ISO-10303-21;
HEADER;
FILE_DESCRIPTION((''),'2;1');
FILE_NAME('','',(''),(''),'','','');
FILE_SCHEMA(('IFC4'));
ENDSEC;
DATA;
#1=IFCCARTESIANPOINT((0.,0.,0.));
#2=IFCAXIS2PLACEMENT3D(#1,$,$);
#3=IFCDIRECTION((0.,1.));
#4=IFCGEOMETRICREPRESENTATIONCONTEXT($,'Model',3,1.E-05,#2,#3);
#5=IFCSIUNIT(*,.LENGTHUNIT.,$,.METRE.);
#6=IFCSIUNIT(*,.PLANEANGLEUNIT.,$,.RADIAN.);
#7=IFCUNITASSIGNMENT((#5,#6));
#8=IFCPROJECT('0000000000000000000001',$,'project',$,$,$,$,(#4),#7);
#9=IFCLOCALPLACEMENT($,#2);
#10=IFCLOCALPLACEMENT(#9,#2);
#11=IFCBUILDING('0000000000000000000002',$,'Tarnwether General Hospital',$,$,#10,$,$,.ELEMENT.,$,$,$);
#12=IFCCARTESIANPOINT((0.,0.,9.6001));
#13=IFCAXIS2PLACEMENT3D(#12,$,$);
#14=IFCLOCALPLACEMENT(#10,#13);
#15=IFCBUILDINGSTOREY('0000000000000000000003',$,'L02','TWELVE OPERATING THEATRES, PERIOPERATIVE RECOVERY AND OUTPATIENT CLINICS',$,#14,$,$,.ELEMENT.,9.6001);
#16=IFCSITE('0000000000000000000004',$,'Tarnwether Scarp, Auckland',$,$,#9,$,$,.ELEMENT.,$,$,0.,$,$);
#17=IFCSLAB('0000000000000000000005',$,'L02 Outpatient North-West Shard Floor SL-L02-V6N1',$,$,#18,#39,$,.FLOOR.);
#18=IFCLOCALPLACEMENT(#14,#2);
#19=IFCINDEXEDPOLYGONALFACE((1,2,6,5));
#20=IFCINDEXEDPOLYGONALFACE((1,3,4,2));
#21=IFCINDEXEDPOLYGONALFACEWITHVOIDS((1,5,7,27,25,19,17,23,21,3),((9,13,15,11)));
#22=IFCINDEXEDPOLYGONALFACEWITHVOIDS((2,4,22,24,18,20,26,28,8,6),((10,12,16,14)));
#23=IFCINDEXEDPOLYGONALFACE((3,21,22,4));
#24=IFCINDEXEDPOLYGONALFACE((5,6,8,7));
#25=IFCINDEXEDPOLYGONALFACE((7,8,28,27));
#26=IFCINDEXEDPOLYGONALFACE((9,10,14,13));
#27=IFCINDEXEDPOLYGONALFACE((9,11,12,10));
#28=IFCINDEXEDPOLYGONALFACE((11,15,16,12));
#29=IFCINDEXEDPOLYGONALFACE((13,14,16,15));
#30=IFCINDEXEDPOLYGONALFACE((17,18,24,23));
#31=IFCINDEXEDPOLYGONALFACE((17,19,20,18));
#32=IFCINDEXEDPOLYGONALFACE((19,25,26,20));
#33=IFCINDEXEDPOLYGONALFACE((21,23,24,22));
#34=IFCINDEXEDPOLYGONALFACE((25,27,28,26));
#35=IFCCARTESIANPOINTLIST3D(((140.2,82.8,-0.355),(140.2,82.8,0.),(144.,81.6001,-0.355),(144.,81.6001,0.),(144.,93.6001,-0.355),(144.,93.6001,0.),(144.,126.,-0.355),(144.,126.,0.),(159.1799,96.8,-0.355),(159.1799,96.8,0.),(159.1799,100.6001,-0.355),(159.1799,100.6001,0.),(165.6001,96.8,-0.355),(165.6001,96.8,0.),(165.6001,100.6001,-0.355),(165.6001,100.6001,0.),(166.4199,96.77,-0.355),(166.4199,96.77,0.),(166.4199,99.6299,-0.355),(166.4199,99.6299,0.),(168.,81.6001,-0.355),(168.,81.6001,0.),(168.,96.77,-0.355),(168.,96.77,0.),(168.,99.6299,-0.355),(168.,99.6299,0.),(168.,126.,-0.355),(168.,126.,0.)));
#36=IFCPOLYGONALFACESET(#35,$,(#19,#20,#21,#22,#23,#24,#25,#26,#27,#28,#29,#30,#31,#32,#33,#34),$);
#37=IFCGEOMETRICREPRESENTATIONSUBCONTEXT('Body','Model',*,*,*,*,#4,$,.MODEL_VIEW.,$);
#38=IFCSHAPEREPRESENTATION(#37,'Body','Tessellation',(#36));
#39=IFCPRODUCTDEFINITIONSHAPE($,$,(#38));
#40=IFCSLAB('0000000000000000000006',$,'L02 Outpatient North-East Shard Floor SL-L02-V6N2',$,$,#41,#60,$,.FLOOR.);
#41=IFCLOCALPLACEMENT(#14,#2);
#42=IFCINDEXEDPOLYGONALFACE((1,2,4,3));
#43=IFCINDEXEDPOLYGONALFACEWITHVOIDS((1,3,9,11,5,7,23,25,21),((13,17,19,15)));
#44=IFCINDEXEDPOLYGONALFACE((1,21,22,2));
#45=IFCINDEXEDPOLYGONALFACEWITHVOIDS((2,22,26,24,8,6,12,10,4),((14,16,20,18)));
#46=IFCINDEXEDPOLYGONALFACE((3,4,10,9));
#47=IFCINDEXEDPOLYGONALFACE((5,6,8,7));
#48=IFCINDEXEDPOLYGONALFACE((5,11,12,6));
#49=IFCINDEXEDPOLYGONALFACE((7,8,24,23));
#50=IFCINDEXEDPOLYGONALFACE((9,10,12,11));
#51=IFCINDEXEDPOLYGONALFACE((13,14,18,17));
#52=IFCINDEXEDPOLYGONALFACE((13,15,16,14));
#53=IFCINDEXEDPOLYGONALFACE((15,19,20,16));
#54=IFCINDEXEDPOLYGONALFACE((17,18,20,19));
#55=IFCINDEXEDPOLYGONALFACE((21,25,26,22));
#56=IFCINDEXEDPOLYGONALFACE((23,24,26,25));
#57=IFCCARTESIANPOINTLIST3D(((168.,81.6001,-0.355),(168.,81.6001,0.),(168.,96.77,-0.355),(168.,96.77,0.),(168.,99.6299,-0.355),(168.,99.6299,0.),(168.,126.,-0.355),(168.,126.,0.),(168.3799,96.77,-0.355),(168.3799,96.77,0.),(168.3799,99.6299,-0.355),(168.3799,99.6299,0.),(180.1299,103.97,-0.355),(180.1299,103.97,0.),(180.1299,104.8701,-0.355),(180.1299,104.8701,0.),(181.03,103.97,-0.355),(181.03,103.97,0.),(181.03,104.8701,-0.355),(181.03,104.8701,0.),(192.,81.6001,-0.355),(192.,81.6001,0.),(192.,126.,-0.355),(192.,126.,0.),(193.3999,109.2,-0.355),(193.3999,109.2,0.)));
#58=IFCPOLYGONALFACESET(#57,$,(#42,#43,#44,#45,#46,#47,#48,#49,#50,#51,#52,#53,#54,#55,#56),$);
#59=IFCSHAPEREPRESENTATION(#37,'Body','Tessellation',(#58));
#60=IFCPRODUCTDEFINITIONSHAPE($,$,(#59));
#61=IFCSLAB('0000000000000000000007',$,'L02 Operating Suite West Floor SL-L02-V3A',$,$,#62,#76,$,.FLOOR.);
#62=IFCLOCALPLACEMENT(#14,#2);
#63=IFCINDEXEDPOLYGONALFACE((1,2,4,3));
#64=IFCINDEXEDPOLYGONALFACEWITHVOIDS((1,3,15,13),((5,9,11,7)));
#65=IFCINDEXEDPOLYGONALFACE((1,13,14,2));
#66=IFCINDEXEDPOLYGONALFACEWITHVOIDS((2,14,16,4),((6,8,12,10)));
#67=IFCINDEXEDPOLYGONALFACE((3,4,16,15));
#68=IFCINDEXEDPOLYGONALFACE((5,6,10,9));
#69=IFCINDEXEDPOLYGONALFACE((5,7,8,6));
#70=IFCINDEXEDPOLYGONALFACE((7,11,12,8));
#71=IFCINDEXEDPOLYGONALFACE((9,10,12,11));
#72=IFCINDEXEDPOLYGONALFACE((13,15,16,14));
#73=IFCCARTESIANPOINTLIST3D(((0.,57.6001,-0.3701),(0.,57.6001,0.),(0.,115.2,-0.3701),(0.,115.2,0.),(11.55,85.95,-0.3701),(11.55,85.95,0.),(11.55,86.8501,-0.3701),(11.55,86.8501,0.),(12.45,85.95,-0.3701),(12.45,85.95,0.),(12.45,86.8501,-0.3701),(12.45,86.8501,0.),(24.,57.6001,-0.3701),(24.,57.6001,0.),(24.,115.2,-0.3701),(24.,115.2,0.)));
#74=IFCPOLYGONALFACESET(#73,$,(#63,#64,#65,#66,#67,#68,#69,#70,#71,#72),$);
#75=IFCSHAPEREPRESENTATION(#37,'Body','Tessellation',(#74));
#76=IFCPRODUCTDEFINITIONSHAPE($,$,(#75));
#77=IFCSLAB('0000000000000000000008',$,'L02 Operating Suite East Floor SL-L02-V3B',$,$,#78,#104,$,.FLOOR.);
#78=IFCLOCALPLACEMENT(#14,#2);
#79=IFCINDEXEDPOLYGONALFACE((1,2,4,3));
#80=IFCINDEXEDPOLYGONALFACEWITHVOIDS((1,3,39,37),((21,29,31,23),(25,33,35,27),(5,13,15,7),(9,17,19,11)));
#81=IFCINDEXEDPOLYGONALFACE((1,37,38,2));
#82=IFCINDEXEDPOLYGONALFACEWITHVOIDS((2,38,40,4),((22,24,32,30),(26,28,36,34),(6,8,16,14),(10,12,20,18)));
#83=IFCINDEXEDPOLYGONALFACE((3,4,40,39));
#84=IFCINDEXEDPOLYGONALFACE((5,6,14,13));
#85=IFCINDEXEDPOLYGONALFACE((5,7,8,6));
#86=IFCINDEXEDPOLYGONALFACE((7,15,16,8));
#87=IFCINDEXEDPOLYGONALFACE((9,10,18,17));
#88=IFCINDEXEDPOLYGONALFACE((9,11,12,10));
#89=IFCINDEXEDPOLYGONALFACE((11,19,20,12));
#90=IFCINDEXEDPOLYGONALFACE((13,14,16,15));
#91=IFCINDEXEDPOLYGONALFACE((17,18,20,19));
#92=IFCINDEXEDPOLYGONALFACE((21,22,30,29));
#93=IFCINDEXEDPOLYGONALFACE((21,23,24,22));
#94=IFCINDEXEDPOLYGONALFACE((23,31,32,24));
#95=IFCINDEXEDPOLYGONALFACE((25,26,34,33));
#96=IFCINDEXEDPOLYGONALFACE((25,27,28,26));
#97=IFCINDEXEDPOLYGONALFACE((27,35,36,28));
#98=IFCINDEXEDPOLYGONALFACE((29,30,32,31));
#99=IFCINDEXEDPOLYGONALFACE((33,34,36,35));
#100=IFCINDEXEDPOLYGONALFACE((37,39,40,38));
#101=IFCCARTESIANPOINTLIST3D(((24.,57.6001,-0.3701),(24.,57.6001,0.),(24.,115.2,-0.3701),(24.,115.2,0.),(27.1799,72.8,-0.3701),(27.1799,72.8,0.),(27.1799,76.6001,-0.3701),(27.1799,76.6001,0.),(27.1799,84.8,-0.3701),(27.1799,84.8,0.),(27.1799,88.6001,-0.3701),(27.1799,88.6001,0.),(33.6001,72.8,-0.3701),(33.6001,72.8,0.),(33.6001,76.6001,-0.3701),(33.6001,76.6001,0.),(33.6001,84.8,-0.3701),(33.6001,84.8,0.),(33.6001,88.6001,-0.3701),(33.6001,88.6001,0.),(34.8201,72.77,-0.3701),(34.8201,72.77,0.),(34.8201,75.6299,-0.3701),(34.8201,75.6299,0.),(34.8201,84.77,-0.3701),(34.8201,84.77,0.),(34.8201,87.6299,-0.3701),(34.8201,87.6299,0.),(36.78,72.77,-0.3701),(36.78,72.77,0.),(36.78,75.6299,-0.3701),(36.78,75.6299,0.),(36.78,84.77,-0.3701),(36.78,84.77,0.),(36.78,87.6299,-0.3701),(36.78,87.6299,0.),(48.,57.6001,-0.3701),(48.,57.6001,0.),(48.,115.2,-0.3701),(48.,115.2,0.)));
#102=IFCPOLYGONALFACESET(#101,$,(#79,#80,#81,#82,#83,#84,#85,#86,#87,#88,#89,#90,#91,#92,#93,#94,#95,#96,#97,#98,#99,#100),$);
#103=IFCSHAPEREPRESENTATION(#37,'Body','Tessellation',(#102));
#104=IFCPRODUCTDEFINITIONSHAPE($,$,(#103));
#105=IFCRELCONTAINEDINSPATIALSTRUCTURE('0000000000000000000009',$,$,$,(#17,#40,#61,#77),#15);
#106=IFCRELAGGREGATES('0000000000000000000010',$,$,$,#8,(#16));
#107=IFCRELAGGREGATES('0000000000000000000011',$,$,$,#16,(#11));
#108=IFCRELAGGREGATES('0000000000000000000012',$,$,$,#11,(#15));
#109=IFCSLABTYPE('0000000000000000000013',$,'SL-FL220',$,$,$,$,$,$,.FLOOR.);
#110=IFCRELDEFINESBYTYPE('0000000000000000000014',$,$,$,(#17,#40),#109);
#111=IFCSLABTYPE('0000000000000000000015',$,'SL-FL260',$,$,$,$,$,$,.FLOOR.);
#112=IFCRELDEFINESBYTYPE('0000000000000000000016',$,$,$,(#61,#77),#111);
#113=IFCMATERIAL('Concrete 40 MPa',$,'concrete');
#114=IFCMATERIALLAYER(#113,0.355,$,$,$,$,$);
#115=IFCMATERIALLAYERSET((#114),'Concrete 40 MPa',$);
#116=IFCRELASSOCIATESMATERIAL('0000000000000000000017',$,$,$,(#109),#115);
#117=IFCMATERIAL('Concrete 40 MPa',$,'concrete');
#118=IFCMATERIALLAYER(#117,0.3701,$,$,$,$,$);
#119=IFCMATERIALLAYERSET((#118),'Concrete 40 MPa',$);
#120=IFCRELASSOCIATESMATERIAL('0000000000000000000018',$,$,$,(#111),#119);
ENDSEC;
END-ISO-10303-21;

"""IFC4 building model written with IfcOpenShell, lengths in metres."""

from ifc_helpers import new_model, si_unit, direction, frame, origin, place, context, subcontext, project, spatial, polyline, outline, extrude, material, layer, layer_set, type_object, element, save


model = new_model("IFC4")

# Units and contexts
model_context = context("Model", 3, precision=1e-05, world=origin(), true_north=direction((0.0, 1.0)))
body_context = subcontext(model_context, "Body", "Model", "MODEL_VIEW")
ifc_project = project(units=[si_unit("LENGTHUNIT", "METRE"), si_unit("PLANEANGLEUNIT", "RADIAN")], contexts=[model_context])

# Site, building, storey
site_placement = place(None, origin())
site = spatial("IfcSite", under=ifc_project, at=site_placement, Name="Tarnwether Scarp, Auckland", CompositionType="ELEMENT", RefElevation=0.0)
building_placement = place(site_placement, origin())
building = spatial("IfcBuilding", under=site, at=building_placement, Name="Tarnwether General Hospital", CompositionType="ELEMENT")
storey_placement = place(building_placement, frame((0.0, 0.0, 9.6001)))
storey = spatial("IfcBuildingStorey", under=building, at=storey_placement, Name="L02", Description="TWELVE OPERATING THEATRES, PERIOPERATIVE RECOVERY AND OUTPATIENT CLINICS", CompositionType="ELEMENT", Elevation=9.6001)

# Slabs
ifc_material_1 = material(Name="Concrete 40 MPa", Category="concrete")
ifc_layer_1 = layer(ifc_material_1, 0.355)
ifc_layer_set_1 = layer_set([ifc_layer_1], Name="Concrete 40 MPa")
slab_type_1 = type_object("IfcSlabType", Name="SL-FL220", PredefinedType="FLOOR", material=ifc_layer_set_1)
slab_1_placement = place(storey_placement, frame((0.0, 0.0, -0.355)))
element("IfcSlab", 1, at=slab_1_placement, inside=storey, type_object=slab_type_1, Name="L02 Outpatient North-West Shard Floor SL-L02-V6N1", PredefinedType="FLOOR", context=body_context, shape_type="SweptSolid", body=[
    extrude(outline(polyline([(144.0, 93.6001), (144.0, 126.0), (168.0, 126.0), (168.0, 99.6299), (166.4199, 99.6299), (166.4199, 96.77), (168.0, 96.77), (168.0, 81.6001), (144.0, 81.6001), (140.2, 82.8), (144.0, 93.6001)]), holes=[polyline([(165.6001, 100.6001), (159.1799, 100.6001), (159.1799, 96.8), (165.6001, 96.8), (165.6001, 100.6001)])]), origin(), (0.0, 0.0, 1.0), 0.355),
])
slab_2_placement = place(storey_placement, frame((0.0, 0.0, -0.355)))
element("IfcSlab", 2, at=slab_2_placement, inside=storey, type_object=slab_type_1, Name="L02 Outpatient North-East Shard Floor SL-L02-V6N2", PredefinedType="FLOOR", context=body_context, shape_type="SweptSolid", body=[
    extrude(outline(polyline([(192.0, 81.6001), (168.0, 81.6001), (168.0, 96.77), (168.3799, 96.77), (168.3799, 99.6299), (168.0, 99.6299), (168.0, 126.0), (192.0, 126.0), (193.3999, 109.2), (192.0, 81.6001)]), holes=[polyline([(181.03, 104.8701), (180.1299, 104.8701), (180.1299, 103.97), (181.03, 103.97), (181.03, 104.8701)])]), origin(), (0.0, 0.0, 1.0), 0.355),
])
ifc_material_2 = material(Name="Concrete 40 MPa", Category="concrete")
ifc_layer_2 = layer(ifc_material_2, 0.3701)
ifc_layer_set_2 = layer_set([ifc_layer_2], Name="Concrete 40 MPa")
slab_type_2 = type_object("IfcSlabType", Name="SL-FL260", PredefinedType="FLOOR", material=ifc_layer_set_2)
slab_3_placement = place(storey_placement, frame((0.0, 0.0, -0.3701)))
element("IfcSlab", 3, at=slab_3_placement, inside=storey, type_object=slab_type_2, Name="L02 Operating Suite West Floor SL-L02-V3A", PredefinedType="FLOOR", context=body_context, shape_type="SweptSolid", body=[
    extrude(outline(polyline([(0.0, 115.2), (24.0, 115.2), (24.0, 57.6001), (0.0, 57.6001), (0.0, 115.2)]), holes=[polyline([(12.45, 86.8501), (11.55, 86.8501), (11.55, 85.95), (12.45, 85.95), (12.45, 86.8501)])]), origin(), (0.0, 0.0, 1.0), 0.3701),
])
slab_4_placement = place(storey_placement, frame((0.0, 0.0, -0.3701)))
element("IfcSlab", 4, at=slab_4_placement, inside=storey, type_object=slab_type_2, Name="L02 Operating Suite East Floor SL-L02-V3B", PredefinedType="FLOOR", context=body_context, shape_type="SweptSolid", body=[
    extrude(outline(polyline([(24.0, 57.6001), (24.0, 115.2), (48.0, 115.2), (48.0, 57.6001), (24.0, 57.6001)]), holes=[polyline([(36.78, 75.6299), (34.8201, 75.6299), (34.8201, 72.77), (36.78, 72.77), (36.78, 75.6299)]), polyline([(33.6001, 76.6001), (27.1799, 76.6001), (27.1799, 72.8), (33.6001, 72.8), (33.6001, 76.6001)]), polyline([(36.78, 87.6299), (34.8201, 87.6299), (34.8201, 84.77), (36.78, 84.77), (36.78, 87.6299)]), polyline([(33.6001, 88.6001), (27.1799, 88.6001), (27.1799, 84.8), (33.6001, 84.8), (33.6001, 88.6001)])]), origin(), (0.0, 0.0, 1.0), 0.3701),
])

save(model, "model.ifc")
